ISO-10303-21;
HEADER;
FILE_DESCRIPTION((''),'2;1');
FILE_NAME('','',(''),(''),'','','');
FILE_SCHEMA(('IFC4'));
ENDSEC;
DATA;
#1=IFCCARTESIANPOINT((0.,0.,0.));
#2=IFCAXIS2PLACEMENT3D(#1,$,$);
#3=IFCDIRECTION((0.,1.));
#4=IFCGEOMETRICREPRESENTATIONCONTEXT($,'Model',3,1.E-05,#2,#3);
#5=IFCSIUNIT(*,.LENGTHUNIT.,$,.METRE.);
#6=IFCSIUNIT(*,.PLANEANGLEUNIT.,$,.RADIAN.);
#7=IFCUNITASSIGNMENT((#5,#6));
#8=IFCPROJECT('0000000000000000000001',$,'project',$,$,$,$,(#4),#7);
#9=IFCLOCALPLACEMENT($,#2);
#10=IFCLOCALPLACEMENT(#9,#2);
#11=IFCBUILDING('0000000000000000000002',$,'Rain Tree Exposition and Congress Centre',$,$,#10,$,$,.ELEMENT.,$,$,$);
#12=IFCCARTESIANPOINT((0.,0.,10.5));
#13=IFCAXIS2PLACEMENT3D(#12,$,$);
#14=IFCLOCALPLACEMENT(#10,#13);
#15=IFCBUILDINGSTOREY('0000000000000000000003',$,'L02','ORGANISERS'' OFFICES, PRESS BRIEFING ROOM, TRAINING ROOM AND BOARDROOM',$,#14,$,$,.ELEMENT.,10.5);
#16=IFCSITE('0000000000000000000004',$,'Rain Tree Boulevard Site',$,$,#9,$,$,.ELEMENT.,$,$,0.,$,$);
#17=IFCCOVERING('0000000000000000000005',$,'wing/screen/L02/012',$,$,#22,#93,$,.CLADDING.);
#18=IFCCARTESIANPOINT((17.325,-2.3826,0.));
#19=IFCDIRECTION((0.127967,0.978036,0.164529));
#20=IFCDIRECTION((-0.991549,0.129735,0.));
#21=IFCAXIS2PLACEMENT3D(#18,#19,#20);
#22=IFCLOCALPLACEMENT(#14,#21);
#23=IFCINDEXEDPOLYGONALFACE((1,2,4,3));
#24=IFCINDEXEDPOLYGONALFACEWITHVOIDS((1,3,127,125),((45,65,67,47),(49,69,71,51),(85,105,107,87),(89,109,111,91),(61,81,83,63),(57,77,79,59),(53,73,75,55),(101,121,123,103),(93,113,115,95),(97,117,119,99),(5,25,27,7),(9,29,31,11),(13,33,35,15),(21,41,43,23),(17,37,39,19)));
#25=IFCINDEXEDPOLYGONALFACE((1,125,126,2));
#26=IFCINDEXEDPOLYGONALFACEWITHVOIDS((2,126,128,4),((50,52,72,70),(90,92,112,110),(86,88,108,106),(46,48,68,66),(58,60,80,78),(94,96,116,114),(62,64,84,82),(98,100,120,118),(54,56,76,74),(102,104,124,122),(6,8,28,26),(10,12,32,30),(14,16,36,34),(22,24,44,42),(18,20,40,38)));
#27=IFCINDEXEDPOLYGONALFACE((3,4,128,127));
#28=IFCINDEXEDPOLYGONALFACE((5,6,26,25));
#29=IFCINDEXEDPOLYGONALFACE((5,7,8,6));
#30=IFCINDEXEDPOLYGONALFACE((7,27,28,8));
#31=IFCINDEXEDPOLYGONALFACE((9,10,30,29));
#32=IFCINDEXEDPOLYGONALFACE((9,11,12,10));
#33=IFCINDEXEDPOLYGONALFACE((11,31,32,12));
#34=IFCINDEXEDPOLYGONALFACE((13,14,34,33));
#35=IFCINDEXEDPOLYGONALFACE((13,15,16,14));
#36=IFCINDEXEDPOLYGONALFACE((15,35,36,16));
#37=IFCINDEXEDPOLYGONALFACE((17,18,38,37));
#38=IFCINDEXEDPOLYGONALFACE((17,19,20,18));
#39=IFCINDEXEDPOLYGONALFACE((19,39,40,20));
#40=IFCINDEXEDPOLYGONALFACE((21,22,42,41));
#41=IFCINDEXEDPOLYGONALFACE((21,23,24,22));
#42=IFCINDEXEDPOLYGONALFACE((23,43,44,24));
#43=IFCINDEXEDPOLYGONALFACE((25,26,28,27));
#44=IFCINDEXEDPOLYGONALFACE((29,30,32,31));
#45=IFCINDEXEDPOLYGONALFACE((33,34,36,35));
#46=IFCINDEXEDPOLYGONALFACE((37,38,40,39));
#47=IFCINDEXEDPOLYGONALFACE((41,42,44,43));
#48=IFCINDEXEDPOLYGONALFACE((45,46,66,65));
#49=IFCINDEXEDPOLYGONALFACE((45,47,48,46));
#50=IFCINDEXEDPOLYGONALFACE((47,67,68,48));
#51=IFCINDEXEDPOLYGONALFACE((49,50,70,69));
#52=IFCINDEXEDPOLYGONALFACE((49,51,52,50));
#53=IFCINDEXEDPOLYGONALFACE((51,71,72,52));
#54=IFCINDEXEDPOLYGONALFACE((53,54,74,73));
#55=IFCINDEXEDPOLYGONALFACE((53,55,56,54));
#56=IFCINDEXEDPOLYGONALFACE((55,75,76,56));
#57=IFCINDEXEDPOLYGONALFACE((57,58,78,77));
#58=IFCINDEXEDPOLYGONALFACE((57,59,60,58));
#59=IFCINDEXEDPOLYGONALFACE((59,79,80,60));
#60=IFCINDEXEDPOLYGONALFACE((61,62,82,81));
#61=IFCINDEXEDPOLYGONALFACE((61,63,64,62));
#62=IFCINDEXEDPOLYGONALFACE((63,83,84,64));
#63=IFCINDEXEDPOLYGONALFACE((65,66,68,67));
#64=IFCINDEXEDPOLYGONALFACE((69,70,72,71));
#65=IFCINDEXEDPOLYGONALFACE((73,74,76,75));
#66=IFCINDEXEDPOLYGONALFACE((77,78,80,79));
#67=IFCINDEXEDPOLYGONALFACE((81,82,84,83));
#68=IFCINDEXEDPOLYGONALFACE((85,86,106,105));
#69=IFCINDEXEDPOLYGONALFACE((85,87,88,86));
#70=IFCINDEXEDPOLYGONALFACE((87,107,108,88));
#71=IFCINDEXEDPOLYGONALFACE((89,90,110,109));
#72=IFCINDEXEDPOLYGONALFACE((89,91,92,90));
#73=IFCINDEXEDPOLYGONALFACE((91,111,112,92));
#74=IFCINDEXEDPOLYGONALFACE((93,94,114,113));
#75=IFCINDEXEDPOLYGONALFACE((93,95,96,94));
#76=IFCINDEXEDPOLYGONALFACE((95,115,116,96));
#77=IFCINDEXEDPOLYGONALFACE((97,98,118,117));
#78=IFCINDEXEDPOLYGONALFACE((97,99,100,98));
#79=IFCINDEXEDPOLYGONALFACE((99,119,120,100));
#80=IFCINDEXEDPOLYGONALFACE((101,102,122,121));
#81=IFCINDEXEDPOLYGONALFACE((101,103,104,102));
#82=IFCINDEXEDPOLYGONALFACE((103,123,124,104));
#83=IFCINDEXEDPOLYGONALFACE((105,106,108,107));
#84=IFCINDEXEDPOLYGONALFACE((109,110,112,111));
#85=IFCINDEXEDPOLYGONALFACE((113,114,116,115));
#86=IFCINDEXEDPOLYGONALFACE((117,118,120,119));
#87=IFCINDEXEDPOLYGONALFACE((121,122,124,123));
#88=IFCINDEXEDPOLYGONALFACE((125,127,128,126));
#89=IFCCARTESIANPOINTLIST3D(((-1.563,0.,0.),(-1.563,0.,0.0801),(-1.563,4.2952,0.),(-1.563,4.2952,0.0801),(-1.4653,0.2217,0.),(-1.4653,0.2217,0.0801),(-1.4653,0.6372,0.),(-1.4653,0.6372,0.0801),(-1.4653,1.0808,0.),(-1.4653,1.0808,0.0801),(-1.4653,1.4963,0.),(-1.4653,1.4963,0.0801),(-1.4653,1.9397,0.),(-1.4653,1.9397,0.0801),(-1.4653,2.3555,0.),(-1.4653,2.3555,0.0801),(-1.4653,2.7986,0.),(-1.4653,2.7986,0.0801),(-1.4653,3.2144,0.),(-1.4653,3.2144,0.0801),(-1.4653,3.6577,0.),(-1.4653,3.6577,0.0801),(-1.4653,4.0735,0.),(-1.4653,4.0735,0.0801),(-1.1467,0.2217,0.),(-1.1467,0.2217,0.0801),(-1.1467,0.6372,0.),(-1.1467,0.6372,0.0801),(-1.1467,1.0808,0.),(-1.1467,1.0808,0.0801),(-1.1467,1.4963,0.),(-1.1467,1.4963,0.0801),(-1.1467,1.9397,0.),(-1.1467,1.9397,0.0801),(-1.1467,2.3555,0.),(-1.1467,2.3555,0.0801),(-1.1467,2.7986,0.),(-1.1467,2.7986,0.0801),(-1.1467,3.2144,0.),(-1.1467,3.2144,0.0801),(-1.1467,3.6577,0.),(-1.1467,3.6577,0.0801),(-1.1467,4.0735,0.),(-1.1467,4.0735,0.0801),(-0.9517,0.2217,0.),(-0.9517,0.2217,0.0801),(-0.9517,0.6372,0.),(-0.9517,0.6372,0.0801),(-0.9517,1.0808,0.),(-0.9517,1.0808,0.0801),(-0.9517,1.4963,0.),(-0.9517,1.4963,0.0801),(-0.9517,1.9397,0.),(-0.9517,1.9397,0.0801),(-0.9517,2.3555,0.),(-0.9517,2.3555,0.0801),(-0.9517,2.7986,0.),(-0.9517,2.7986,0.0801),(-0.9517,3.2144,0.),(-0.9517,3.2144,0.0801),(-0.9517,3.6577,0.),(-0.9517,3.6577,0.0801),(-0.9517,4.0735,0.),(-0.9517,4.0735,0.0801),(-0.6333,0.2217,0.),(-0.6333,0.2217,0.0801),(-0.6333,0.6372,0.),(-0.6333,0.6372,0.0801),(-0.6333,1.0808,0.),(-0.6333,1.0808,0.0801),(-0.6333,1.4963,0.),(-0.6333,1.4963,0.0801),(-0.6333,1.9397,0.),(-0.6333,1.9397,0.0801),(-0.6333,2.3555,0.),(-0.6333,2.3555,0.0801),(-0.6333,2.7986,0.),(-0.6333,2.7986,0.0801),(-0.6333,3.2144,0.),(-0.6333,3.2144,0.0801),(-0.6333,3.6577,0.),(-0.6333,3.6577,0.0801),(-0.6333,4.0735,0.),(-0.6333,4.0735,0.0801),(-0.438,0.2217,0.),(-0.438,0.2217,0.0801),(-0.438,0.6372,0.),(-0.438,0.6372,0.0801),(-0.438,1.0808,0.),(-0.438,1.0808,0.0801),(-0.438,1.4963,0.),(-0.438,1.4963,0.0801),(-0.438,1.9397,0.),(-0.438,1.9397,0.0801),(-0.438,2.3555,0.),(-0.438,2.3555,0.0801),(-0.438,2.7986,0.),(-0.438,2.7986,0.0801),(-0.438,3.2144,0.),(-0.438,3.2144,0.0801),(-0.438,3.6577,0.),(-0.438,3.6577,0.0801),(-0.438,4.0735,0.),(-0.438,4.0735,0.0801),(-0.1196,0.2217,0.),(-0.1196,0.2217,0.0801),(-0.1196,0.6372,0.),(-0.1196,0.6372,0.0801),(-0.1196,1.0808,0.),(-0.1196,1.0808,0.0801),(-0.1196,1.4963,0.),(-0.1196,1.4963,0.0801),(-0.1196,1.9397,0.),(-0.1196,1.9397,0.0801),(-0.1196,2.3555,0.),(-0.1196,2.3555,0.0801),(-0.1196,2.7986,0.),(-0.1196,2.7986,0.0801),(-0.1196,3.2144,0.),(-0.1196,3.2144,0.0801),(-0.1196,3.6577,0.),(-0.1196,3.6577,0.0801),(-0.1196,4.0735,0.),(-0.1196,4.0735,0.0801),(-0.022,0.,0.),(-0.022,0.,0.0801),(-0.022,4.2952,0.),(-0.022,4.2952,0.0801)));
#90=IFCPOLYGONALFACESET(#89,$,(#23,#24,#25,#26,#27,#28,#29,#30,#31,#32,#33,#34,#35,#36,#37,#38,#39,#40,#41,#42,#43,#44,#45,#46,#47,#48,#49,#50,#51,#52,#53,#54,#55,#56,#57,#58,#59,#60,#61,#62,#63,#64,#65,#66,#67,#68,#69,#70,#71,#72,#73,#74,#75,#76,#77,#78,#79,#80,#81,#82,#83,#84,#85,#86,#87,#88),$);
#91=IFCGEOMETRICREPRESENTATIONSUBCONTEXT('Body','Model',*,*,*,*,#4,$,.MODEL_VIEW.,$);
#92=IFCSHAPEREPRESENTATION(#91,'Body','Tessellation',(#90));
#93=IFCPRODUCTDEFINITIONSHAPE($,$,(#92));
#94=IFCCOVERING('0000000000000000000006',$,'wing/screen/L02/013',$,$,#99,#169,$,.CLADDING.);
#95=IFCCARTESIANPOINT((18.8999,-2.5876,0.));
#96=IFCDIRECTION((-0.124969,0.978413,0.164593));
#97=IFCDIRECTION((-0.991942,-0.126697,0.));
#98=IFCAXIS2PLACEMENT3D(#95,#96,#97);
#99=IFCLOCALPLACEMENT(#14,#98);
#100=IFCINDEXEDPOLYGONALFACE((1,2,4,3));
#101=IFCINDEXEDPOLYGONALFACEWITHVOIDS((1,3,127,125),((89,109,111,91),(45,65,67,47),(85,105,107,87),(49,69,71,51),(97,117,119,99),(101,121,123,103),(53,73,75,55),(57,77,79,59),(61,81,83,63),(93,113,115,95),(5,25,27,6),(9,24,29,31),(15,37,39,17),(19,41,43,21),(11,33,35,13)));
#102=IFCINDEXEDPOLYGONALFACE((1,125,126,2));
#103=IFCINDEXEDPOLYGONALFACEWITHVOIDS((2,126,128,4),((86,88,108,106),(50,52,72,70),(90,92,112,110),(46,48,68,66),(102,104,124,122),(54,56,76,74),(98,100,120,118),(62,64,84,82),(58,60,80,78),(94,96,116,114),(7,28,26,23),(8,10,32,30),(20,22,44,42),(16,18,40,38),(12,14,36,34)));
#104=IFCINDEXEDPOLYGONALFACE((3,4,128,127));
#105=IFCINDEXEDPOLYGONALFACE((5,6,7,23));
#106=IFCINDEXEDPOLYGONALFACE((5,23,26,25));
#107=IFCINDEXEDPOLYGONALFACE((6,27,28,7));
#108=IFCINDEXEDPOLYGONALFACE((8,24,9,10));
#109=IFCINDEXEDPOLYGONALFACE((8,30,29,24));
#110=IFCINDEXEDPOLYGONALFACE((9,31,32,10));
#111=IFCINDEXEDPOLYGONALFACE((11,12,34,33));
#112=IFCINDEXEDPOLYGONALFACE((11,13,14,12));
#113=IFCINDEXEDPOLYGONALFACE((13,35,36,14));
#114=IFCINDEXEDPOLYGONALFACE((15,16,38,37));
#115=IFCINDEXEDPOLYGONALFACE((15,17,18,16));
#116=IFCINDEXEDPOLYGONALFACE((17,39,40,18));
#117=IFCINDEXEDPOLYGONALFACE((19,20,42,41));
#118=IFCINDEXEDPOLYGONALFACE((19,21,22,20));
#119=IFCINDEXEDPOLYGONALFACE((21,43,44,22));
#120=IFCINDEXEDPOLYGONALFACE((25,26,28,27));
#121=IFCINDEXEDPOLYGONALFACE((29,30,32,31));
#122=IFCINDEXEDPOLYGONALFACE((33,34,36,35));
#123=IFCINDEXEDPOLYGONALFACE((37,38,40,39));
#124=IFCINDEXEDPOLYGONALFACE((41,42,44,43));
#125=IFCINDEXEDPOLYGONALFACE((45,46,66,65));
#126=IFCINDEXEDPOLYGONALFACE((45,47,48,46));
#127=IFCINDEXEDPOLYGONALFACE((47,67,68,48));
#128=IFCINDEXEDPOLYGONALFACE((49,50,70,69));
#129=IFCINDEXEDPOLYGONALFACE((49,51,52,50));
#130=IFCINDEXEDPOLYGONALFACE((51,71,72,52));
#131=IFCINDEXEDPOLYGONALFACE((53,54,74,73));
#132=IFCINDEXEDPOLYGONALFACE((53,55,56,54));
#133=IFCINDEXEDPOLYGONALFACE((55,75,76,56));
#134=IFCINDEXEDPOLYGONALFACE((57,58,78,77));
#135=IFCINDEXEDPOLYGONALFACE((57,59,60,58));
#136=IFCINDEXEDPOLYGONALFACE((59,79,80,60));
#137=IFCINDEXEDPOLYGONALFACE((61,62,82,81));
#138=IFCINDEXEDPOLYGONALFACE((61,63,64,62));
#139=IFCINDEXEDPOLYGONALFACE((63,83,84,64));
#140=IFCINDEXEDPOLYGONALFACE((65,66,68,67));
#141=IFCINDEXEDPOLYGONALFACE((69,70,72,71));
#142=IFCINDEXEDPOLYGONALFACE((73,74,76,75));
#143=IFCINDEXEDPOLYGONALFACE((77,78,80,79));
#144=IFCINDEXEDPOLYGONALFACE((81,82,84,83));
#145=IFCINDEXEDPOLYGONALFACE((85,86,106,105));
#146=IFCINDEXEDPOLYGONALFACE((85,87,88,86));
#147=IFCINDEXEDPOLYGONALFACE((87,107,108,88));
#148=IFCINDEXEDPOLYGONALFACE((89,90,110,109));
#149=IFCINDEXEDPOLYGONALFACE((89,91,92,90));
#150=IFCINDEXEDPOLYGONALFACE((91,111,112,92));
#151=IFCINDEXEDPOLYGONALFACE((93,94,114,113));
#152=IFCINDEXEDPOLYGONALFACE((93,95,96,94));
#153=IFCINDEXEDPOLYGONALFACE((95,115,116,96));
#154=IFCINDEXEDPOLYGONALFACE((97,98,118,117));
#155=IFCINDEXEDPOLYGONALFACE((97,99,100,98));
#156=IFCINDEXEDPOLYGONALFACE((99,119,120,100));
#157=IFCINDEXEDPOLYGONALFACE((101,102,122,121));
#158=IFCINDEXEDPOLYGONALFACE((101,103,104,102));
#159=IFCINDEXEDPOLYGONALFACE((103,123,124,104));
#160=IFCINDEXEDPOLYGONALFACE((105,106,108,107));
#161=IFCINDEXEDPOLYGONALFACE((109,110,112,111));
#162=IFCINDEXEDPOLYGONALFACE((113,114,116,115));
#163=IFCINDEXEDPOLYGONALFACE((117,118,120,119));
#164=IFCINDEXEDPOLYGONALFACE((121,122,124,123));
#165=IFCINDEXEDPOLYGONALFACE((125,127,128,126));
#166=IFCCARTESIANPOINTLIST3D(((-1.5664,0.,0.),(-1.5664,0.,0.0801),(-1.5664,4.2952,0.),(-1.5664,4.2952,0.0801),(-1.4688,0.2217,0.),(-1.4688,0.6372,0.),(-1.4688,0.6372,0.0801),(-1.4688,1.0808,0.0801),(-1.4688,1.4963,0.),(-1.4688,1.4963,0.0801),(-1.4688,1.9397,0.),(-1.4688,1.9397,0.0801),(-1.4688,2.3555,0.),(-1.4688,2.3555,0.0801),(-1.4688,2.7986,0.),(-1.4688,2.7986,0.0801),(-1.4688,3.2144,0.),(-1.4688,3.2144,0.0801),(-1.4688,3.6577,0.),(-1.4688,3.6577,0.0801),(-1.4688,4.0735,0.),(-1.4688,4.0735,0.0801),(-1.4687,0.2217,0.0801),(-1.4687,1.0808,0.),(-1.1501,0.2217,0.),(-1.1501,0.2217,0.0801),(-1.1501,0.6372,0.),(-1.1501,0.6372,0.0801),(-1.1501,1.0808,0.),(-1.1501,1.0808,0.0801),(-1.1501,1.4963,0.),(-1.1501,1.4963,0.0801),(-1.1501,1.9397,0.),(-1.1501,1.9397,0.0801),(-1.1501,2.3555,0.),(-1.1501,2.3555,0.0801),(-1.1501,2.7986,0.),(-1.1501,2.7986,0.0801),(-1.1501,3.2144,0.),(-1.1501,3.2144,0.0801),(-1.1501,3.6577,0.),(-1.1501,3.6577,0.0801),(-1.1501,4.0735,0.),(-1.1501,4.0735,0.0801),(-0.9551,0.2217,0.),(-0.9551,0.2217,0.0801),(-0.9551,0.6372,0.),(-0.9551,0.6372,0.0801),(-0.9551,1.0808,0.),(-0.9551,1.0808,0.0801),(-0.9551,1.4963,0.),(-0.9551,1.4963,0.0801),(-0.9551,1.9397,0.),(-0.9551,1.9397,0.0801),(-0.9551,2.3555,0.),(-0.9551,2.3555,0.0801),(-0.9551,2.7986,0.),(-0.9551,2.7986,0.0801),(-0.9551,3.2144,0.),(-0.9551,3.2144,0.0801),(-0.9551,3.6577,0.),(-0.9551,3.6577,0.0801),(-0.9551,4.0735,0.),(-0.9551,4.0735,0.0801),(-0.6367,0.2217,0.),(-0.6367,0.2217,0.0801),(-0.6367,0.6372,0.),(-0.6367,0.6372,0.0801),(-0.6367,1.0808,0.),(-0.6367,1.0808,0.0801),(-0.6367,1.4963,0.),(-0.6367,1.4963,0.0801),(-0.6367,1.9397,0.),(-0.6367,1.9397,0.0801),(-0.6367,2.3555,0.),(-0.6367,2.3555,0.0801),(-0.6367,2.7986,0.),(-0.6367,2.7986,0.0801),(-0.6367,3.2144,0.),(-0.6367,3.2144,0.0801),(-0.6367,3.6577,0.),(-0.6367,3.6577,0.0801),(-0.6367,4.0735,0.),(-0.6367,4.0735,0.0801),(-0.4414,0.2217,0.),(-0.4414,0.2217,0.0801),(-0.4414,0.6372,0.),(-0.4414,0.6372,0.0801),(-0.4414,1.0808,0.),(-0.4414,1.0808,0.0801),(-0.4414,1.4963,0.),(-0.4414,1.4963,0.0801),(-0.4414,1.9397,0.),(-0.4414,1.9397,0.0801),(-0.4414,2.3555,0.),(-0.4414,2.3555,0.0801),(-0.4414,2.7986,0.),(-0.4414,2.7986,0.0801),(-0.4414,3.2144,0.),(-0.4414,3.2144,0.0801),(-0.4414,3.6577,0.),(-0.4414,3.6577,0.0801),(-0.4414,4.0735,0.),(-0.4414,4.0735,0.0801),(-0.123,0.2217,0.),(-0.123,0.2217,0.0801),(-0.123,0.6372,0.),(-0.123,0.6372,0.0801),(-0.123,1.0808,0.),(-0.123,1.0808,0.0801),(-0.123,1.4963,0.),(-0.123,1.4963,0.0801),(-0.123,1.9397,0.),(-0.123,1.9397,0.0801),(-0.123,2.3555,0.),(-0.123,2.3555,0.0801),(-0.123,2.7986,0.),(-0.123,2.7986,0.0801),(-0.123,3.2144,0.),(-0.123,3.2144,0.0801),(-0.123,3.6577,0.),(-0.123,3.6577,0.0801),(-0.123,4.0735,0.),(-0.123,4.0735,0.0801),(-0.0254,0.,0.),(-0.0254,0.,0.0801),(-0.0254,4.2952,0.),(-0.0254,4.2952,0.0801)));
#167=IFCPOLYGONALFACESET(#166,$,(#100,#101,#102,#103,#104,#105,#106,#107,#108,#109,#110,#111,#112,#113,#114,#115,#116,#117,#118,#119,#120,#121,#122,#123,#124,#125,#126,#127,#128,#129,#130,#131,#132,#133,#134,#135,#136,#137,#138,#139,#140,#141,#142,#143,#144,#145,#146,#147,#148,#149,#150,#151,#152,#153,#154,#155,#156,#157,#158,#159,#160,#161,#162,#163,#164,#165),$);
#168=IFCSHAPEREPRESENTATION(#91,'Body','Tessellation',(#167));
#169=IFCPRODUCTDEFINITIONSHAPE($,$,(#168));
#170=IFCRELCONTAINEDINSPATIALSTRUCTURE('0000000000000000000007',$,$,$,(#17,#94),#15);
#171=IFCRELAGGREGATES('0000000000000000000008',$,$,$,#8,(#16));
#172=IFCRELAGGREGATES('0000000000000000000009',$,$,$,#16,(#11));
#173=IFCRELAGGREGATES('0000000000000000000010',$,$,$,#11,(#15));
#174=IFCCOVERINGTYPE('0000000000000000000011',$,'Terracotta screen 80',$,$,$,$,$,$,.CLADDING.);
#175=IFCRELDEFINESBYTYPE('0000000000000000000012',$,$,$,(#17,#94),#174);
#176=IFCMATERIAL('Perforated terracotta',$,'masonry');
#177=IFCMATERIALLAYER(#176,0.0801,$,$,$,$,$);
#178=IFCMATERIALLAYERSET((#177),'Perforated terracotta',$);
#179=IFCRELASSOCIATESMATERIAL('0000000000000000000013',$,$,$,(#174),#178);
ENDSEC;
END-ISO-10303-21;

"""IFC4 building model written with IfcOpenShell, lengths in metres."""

from ifc_helpers import new_model, si_unit, direction, frame, origin, place, context, subcontext, project, spatial, polyline, outline, extrude, material, layer, layer_set, type_object, element, save


model = new_model("IFC4")

# Units and contexts
model_context = context("Model", 3, precision=1e-05, world=origin(), true_north=direction((0.0, 1.0)))
body_context = subcontext(model_context, "Body", "Model", "MODEL_VIEW")
ifc_project = project(units=[si_unit("LENGTHUNIT", "METRE"), si_unit("PLANEANGLEUNIT", "RADIAN")], contexts=[model_context])

# Site, building, storey
site_placement = place(None, origin())
site = spatial("IfcSite", under=ifc_project, at=site_placement, Name="Rain Tree Boulevard Site", CompositionType="ELEMENT", RefElevation=0.0)
building_placement = place(site_placement, origin())
building = spatial("IfcBuilding", under=site, at=building_placement, Name="Rain Tree Exposition and Congress Centre", CompositionType="ELEMENT")
storey_placement = place(building_placement, frame((0.0, 0.0, 10.5)))
storey = spatial("IfcBuildingStorey", under=building, at=storey_placement, Name="L02", Description="ORGANISERS' OFFICES, PRESS BRIEFING ROOM, TRAINING ROOM AND BOARDROOM", CompositionType="ELEMENT", Elevation=10.5)

# Coverings
ifc_material_1 = material(Name="Perforated terracotta", Category="masonry")
ifc_layer_1 = layer(ifc_material_1, 0.0801)
ifc_layer_set_1 = layer_set([ifc_layer_1], Name="Perforated terracotta")
covering_type = type_object("IfcCoveringType", Name="Terracotta screen 80", PredefinedType="CLADDING", material=ifc_layer_set_1)
covering_1_placement = place(storey_placement, frame((17.325, -2.3826, 0.0), z_axis=(0.127967, 0.978036, 0.164529), x_axis=(-0.991549, 0.129735, 0.0)))
element("IfcCovering", 1, at=covering_1_placement, inside=storey, type_object=covering_type, Name="wing/screen/L02/012", PredefinedType="CLADDING", context=body_context, shape_type="SweptSolid", body=[
    extrude(outline(polyline([(-1.563, 0.0), (-1.563, 4.2952), (-0.022, 4.2952), (-0.022, 0.0), (-1.563, 0.0)]), holes=[polyline([(-0.1196, 0.2217), (-0.1196, 0.6372), (-0.438, 0.6372), (-0.438, 0.2217), (-0.1196, 0.2217)]), polyline([(-0.1196, 1.0808), (-0.1196, 1.4963), (-0.438, 1.4963), (-0.438, 1.0808), (-0.1196, 1.0808)]), polyline([(-0.1196, 1.9397), (-0.1196, 2.3555), (-0.438, 2.3555), (-0.438, 1.9397), (-0.1196, 1.9397)]), polyline([(-0.1196, 2.7986), (-0.1196, 3.2144), (-0.438, 3.2144), (-0.438, 2.7986), (-0.1196, 2.7986)]), polyline([(-0.1196, 3.6577), (-0.1196, 4.0735), (-0.438, 4.0735), (-0.438, 3.6577), (-0.1196, 3.6577)]), polyline([(-0.6333, 0.2217), (-0.6333, 0.6372), (-0.9517, 0.6372), (-0.9517, 0.2217), (-0.6333, 0.2217)]), polyline([(-0.6333, 1.0808), (-0.6333, 1.4963), (-0.9517, 1.4963), (-0.9517, 1.0808), (-0.6333, 1.0808)]), polyline([(-0.6333, 1.9397), (-0.6333, 2.3555), (-0.9517, 2.3555), (-0.9517, 1.9397), (-0.6333, 1.9397)]), polyline([(-0.6333, 2.7986), (-0.6333, 3.2144), (-0.9517, 3.2144), (-0.9517, 2.7986), (-0.6333, 2.7986)]), polyline([(-0.6333, 3.6577), (-0.6333, 4.0735), (-0.9517, 4.0735), (-0.9517, 3.6577), (-0.6333, 3.6577)]), polyline([(-1.1467, 0.2217), (-1.1467, 0.6372), (-1.4653, 0.6372), (-1.4653, 0.2217), (-1.1467, 0.2217)]), polyline([(-1.1467, 1.0808), (-1.1467, 1.4963), (-1.4653, 1.4963), (-1.4653, 1.0808), (-1.1467, 1.0808)]), polyline([(-1.1467, 1.9397), (-1.1467, 2.3555), (-1.4653, 2.3555), (-1.4653, 1.9397), (-1.1467, 1.9397)]), polyline([(-1.1467, 2.7986), (-1.1467, 3.2144), (-1.4653, 3.2144), (-1.4653, 2.7986), (-1.1467, 2.7986)]), polyline([(-1.1467, 3.6577), (-1.1467, 4.0735), (-1.4653, 4.0735), (-1.4653, 3.6577), (-1.1467, 3.6577)])]), origin(), (0.0, 0.0, 1.0), 0.0801),
])
covering_2_placement = place(storey_placement, frame((18.8999, -2.5876, 0.0), z_axis=(-0.124969, 0.978413, 0.164593), x_axis=(-0.991942, -0.126697, 0.0)))
element("IfcCovering", 2, at=covering_2_placement, inside=storey, type_object=covering_type, Name="wing/screen/L02/013", PredefinedType="CLADDING", context=body_context, shape_type="SweptSolid", body=[
    extrude(outline(polyline([(-1.5664, 0.0), (-1.5664, 4.2952), (-0.0254, 4.2952), (-0.0254, 0.0), (-1.5664, 0.0)]), holes=[polyline([(-0.123, 0.2217), (-0.123, 0.6372), (-0.4414, 0.6372), (-0.4414, 0.2217), (-0.123, 0.2217)]), polyline([(-0.123, 1.0808), (-0.123, 1.4963), (-0.4414, 1.4963), (-0.4414, 1.0808), (-0.123, 1.0808)]), polyline([(-0.123, 1.9397), (-0.123, 2.3555), (-0.4414, 2.3555), (-0.4414, 1.9397), (-0.123, 1.9397)]), polyline([(-0.123, 2.7986), (-0.123, 3.2144), (-0.4414, 3.2144), (-0.4414, 2.7986), (-0.123, 2.7986)]), polyline([(-0.123, 3.6577), (-0.123, 4.0735), (-0.4414, 4.0735), (-0.4414, 3.6577), (-0.123, 3.6577)]), polyline([(-0.6367, 0.2217), (-0.6367, 0.6372), (-0.9551, 0.6372), (-0.9551, 0.2217), (-0.6367, 0.2217)]), polyline([(-0.6367, 1.0808), (-0.6367, 1.4963), (-0.9551, 1.4963), (-0.9551, 1.0808), (-0.6367, 1.0808)]), polyline([(-0.6367, 1.9397), (-0.6367, 2.3555), (-0.9551, 2.3555), (-0.9551, 1.9397), (-0.6367, 1.9397)]), polyline([(-0.6367, 2.7986), (-0.6367, 3.2144), (-0.9551, 3.2144), (-0.9551, 2.7986), (-0.6367, 2.7986)]), polyline([(-0.6367, 3.6577), (-0.6367, 4.0735), (-0.9551, 4.0735), (-0.9551, 3.6577), (-0.6367, 3.6577)]), polyline([(-1.1501, 0.2217), (-1.1501, 0.6372), (-1.4688, 0.6372), (-1.4688, 0.2217), (-1.1501, 0.2217)]), polyline([(-1.1501, 1.0808), (-1.1501, 1.4963), (-1.4688, 1.4963), (-1.4688, 1.0808), (-1.1501, 1.0808)]), polyline([(-1.1501, 1.9397), (-1.1501, 2.3555), (-1.4688, 2.3555), (-1.4688, 1.9397), (-1.1501, 1.9397)]), polyline([(-1.1501, 2.7986), (-1.1501, 3.2144), (-1.4688, 3.2144), (-1.4688, 2.7986), (-1.1501, 2.7986)]), polyline([(-1.1501, 3.6577), (-1.1501, 4.0735), (-1.4688, 4.0735), (-1.4688, 3.6577), (-1.1501, 3.6577)])]), origin(), (0.0, 0.0, 1.0), 0.0801),
])

save(model, "model.ifc")
